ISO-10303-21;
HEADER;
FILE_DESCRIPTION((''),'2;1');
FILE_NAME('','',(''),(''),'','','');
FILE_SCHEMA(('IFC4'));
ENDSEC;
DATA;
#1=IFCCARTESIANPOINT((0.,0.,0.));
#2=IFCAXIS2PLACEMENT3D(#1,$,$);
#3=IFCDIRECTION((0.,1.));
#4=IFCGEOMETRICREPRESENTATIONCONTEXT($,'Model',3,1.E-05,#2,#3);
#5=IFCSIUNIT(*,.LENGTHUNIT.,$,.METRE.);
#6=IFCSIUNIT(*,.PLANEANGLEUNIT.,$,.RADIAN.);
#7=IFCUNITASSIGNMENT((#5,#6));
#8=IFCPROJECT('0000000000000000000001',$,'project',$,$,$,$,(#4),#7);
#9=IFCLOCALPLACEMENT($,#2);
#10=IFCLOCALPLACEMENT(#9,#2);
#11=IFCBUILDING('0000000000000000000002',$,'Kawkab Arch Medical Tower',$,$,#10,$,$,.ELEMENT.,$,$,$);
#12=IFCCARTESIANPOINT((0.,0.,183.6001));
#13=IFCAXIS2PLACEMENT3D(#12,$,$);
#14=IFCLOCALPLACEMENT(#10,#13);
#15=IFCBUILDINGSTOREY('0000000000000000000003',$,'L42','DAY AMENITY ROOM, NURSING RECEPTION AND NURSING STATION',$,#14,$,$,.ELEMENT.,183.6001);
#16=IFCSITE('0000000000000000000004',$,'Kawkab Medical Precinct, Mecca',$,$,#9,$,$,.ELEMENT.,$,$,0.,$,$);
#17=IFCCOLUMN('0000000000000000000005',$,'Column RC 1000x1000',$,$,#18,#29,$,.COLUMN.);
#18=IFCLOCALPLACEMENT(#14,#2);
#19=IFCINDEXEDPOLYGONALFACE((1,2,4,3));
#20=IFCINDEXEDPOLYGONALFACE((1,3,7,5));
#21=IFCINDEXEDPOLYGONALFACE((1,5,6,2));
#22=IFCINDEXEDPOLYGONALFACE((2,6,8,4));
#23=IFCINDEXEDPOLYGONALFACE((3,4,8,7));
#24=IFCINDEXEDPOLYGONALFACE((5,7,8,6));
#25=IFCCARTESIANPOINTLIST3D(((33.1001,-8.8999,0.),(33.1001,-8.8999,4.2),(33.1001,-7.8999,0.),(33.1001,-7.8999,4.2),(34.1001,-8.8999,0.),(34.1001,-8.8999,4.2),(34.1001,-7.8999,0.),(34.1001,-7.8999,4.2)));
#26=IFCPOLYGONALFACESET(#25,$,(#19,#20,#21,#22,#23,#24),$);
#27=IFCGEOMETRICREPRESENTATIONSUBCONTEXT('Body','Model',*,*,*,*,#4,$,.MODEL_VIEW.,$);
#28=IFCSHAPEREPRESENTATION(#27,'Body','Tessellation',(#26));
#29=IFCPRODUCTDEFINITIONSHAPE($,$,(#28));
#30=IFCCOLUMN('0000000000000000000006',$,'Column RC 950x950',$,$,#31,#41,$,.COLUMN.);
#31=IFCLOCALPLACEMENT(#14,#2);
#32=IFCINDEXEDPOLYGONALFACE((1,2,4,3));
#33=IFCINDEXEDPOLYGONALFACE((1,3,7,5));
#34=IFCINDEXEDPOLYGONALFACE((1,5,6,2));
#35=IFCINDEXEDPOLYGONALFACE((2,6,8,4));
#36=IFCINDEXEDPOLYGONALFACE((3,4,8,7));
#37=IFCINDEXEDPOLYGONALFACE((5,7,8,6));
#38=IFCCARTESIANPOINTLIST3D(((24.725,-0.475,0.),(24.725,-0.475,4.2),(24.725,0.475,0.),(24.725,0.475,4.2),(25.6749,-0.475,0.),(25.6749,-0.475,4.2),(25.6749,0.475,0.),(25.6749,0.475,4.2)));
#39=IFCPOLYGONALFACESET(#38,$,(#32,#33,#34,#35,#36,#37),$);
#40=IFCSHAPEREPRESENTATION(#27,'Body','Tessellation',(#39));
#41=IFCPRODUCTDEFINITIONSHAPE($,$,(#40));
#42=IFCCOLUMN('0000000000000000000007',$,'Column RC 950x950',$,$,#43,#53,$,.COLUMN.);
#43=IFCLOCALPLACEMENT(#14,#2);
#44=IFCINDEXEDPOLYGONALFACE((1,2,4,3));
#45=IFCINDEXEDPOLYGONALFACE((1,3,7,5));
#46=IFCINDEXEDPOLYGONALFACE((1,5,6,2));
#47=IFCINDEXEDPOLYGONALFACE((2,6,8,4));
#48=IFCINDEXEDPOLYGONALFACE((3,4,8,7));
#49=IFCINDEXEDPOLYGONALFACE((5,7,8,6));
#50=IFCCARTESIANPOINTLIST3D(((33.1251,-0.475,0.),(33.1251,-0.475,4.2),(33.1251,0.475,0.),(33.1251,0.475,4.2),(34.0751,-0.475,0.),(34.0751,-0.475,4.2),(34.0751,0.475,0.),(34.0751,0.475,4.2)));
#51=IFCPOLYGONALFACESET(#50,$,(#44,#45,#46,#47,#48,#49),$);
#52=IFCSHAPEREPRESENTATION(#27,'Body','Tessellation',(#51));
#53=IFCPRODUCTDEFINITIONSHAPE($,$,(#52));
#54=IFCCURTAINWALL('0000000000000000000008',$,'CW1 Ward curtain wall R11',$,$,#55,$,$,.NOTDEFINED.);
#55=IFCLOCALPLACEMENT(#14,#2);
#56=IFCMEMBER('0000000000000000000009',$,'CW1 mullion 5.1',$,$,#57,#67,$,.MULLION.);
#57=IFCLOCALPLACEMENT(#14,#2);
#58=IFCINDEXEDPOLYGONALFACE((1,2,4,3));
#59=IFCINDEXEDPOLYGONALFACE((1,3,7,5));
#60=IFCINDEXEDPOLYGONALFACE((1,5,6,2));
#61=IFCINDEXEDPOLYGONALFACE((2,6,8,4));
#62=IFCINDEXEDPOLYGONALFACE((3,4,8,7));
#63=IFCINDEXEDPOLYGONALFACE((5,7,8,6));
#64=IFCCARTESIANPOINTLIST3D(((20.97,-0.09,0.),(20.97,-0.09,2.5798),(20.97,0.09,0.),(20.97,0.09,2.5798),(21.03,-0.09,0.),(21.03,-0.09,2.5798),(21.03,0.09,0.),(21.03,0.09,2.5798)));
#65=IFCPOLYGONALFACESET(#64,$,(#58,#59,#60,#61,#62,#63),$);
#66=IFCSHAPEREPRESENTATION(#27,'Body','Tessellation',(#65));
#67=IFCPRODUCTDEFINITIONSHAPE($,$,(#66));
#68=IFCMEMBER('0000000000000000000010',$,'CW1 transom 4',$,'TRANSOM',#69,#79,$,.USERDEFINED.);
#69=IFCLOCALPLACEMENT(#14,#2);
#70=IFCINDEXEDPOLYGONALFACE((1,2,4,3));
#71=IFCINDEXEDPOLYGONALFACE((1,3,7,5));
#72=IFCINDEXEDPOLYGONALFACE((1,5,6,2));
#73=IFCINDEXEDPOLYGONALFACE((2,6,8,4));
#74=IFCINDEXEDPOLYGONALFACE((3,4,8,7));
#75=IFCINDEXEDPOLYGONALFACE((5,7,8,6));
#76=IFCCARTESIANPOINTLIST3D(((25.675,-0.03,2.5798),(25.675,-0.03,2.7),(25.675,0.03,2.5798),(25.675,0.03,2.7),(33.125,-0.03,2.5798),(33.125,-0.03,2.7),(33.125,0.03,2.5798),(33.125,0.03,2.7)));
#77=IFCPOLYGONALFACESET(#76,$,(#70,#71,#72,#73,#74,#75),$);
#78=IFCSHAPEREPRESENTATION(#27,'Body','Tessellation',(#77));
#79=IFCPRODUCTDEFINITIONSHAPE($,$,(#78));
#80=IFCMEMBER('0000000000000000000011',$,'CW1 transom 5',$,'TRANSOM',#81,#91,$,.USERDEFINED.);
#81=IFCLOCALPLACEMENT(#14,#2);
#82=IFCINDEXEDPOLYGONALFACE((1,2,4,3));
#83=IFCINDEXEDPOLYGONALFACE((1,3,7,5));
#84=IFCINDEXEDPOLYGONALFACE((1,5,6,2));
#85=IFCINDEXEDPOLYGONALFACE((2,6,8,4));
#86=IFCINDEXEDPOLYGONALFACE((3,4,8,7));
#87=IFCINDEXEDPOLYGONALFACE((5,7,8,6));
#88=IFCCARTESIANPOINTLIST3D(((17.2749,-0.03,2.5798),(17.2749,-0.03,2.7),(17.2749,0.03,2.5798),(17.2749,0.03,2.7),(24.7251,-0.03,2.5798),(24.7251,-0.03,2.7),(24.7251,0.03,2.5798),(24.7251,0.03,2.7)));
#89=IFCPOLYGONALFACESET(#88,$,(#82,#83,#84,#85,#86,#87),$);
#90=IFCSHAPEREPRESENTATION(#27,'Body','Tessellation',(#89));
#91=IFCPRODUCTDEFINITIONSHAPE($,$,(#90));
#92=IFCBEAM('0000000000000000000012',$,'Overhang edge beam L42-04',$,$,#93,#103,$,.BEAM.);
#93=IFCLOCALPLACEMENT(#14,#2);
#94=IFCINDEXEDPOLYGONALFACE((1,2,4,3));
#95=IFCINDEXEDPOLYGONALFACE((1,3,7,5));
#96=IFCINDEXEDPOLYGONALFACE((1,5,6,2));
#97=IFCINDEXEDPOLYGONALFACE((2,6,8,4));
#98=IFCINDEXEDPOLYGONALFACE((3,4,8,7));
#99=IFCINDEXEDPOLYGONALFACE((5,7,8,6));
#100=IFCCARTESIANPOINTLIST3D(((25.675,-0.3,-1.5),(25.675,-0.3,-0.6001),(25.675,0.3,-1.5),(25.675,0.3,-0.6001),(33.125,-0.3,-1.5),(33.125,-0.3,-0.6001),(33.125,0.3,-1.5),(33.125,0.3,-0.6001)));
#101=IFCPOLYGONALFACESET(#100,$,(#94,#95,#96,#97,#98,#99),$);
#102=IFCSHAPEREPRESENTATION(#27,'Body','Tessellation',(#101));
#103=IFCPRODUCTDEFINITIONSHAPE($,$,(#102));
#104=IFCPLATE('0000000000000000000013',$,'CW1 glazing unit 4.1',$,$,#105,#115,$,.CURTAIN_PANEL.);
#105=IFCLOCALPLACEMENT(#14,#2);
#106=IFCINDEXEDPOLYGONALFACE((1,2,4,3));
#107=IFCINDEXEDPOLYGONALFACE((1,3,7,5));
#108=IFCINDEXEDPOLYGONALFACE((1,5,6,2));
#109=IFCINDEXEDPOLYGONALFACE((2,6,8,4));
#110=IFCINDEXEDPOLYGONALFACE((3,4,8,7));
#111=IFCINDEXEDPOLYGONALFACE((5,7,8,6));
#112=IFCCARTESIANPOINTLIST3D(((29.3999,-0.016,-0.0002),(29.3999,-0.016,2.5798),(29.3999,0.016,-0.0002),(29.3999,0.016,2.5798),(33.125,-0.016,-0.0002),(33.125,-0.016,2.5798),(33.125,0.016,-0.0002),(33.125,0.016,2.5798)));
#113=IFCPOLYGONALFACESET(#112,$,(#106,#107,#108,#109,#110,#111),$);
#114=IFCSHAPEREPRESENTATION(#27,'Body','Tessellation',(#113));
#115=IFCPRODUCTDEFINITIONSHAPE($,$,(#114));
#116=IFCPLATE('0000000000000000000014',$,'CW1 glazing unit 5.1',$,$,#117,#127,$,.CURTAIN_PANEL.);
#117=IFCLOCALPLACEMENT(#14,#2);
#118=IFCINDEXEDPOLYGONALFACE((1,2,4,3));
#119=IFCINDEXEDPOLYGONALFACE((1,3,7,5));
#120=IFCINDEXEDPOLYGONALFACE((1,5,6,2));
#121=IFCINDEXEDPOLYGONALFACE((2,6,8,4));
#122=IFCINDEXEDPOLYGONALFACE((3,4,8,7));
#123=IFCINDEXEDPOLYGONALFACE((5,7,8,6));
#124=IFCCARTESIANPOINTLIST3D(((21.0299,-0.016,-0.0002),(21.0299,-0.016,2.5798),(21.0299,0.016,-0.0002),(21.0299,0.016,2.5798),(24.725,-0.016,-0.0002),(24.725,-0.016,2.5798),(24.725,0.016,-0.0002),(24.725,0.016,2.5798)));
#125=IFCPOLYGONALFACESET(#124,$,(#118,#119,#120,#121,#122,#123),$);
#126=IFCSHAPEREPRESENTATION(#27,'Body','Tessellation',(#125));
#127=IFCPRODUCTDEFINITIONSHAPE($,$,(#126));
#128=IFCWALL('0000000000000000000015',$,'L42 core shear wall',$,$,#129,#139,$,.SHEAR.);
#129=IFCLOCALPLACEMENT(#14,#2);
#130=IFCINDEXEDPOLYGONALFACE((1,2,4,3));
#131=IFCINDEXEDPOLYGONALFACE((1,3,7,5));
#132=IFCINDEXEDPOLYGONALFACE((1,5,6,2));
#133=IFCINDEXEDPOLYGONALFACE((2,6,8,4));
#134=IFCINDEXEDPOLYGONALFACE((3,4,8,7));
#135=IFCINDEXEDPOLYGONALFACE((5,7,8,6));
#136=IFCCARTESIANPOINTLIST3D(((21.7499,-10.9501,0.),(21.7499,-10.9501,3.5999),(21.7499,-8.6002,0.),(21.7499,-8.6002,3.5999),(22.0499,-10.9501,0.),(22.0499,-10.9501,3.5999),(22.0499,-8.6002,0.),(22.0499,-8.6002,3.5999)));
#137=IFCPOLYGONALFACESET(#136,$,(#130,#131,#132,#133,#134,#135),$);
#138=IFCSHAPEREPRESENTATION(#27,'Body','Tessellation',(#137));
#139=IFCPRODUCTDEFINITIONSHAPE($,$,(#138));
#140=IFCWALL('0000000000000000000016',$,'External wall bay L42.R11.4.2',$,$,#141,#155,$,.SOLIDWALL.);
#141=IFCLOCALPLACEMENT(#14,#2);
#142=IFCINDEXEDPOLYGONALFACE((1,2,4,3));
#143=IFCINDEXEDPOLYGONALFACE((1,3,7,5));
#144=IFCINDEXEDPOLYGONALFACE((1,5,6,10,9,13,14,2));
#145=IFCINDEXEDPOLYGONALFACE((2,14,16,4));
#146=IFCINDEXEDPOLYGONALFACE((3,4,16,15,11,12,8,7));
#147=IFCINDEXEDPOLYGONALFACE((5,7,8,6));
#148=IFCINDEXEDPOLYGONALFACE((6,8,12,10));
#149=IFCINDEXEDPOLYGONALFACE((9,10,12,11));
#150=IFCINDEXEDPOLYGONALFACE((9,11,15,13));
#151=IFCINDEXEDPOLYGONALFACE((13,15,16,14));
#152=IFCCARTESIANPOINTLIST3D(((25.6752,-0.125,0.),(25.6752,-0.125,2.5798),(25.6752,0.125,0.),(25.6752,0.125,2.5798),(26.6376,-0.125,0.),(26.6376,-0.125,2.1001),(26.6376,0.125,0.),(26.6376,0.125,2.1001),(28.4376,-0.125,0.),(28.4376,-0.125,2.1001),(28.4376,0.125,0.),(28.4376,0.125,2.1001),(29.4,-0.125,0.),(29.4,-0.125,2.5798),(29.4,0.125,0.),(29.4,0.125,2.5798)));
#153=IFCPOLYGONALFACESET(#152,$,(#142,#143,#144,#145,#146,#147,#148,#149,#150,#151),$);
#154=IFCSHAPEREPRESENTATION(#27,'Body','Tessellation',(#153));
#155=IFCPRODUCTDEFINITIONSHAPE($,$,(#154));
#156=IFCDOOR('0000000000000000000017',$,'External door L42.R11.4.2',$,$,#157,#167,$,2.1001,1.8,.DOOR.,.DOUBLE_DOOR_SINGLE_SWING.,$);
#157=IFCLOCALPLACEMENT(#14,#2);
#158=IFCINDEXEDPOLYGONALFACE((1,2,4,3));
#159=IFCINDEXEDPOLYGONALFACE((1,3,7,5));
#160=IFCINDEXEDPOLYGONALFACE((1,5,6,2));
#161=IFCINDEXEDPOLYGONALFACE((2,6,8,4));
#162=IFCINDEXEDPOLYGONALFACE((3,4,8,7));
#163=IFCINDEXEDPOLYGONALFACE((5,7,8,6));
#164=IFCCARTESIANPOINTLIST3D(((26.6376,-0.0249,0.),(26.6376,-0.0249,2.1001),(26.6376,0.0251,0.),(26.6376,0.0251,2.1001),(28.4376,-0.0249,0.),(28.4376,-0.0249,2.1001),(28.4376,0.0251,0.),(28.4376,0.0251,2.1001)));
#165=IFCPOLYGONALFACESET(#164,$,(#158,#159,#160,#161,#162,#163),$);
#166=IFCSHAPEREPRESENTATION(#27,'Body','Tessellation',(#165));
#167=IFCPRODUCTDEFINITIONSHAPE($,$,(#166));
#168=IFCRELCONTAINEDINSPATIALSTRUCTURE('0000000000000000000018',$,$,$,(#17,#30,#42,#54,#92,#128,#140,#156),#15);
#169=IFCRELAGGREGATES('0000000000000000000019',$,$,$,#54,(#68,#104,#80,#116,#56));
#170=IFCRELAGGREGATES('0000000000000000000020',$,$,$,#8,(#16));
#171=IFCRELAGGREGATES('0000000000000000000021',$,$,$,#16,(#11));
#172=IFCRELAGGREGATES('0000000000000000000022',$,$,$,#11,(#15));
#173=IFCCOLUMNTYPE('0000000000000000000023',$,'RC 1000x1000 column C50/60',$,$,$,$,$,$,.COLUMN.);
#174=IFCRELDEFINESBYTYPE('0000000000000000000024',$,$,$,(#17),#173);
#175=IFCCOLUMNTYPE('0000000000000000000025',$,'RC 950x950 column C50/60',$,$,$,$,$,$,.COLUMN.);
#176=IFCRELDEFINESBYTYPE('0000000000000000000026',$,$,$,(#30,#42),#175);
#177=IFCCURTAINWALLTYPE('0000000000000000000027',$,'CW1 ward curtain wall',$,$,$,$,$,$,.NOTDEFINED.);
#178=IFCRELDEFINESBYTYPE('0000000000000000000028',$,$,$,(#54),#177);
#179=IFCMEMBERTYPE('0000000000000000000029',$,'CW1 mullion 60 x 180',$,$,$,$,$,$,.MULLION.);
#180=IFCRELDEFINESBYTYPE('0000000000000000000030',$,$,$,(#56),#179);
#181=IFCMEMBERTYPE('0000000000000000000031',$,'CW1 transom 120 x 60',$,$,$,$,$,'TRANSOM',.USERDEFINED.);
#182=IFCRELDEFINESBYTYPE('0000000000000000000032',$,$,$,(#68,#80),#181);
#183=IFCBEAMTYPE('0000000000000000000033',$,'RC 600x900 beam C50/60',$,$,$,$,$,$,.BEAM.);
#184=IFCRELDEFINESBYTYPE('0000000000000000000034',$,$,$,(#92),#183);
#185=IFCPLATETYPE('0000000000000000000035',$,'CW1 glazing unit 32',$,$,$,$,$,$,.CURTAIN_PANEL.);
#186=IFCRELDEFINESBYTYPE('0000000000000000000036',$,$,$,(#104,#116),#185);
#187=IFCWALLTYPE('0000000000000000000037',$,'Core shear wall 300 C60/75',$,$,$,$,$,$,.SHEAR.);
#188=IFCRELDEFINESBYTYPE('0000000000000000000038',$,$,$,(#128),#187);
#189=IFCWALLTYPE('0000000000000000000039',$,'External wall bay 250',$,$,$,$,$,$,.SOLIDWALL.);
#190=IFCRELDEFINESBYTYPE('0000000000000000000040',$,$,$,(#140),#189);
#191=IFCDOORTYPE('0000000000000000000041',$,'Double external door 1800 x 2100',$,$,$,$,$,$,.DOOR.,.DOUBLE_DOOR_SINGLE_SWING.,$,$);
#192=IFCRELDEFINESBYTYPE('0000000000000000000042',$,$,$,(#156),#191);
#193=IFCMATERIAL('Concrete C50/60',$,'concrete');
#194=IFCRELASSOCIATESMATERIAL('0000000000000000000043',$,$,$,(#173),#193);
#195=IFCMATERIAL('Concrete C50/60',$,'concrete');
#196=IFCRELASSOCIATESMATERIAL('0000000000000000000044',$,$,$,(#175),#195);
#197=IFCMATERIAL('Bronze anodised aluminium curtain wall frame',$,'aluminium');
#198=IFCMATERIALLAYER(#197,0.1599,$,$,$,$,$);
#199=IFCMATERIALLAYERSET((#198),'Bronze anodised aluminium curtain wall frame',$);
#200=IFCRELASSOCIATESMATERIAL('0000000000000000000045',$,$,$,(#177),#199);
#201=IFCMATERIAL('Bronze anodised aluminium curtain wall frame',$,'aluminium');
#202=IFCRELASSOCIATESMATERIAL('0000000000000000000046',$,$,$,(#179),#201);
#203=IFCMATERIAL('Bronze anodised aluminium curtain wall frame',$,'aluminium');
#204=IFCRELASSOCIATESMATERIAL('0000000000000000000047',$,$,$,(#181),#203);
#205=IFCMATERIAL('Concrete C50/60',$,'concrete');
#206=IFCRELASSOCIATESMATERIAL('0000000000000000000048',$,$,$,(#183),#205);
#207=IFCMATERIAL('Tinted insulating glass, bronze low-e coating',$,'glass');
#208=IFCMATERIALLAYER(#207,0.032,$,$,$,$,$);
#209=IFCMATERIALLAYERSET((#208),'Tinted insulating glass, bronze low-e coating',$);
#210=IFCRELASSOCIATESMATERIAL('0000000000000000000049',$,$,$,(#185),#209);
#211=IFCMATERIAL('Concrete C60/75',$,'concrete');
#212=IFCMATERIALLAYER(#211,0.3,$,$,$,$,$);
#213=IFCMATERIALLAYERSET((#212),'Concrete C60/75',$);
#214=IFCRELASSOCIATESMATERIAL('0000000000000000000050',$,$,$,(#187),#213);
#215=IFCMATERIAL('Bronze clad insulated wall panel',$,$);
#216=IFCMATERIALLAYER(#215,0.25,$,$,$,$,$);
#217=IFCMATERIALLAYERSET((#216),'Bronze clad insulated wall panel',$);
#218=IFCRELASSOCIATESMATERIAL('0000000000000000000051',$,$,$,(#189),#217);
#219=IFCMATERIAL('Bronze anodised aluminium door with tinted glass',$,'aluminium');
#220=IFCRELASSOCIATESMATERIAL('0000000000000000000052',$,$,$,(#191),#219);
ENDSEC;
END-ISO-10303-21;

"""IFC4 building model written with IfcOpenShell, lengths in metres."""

from ifc_helpers import new_model, si_unit, direction, frame, frame_2d, origin, origin_2d, place, context, subcontext, project, spatial, rectangle, extrude, material, layer, layer_set, material_profile, profile_set, type_object, element, fill, aggregate, save


model = new_model("IFC4")

# Units and contexts
model_context = context("Model", 3, precision=1e-05, world=origin(), true_north=direction((0.0, 1.0)))
body_context = subcontext(model_context, "Body", "Model", "MODEL_VIEW")
ifc_project = project(units=[si_unit("LENGTHUNIT", "METRE"), si_unit("PLANEANGLEUNIT", "RADIAN")], contexts=[model_context])

# Site, building, storey
site_placement = place(None, origin())
site = spatial("IfcSite", under=ifc_project, at=site_placement, Name="Kawkab Medical Precinct, Mecca", CompositionType="ELEMENT", RefElevation=0.0)
building_placement = place(site_placement, origin())
building = spatial("IfcBuilding", under=site, at=building_placement, Name="Kawkab Arch Medical Tower", CompositionType="ELEMENT")
storey_placement = place(building_placement, frame((0.0, 0.0, 183.6001)))
storey = spatial("IfcBuildingStorey", under=building, at=storey_placement, Name="L42", Description="DAY AMENITY ROOM, NURSING RECEPTION AND NURSING STATION", CompositionType="ELEMENT", Elevation=183.6001)

# Columns
ifc_material_1 = material(Name="Concrete C50/60", Category="concrete")
ifc_material_profile_1 = material_profile(ifc_material_1, rectangle(XDim=1.0, YDim=1.0, at=origin_2d()), Name="RC 1000x1000")
ifc_profile_set_1 = profile_set([ifc_material_profile_1], Name="Concrete C50/60")
column_type_1 = type_object("IfcColumnType", Name="RC 1000x1000 column C50/60", PredefinedType="COLUMN", material=ifc_profile_set_1)
column_placement = place(storey_placement, frame((33.6001, -8.3999, 0.0), z_axis=(0.0, 0.0, 1.0), x_axis=(1.0, 0.0, 0.0)))
element("IfcColumn", 1, at=column_placement, inside=storey, type_object=column_type_1, Name="Column RC 1000x1000", PredefinedType="COLUMN", context=body_context, shape_type="SweptSolid", body=[
    extrude(rectangle(XDim=1.0, YDim=1.0, at=origin_2d()), origin(), (0.0, 0.0, 1.0), 4.2),
])
ifc_material_2 = material(Name="Concrete C50/60", Category="concrete")
ifc_material_profile_2 = material_profile(ifc_material_2, rectangle(XDim=0.95, YDim=0.95, at=origin_2d()), Name="RC 950x950")
ifc_profile_set_2 = profile_set([ifc_material_profile_2], Name="Concrete C50/60")
column_type_2 = type_object("IfcColumnType", Name="RC 950x950 column C50/60", PredefinedType="COLUMN", material=ifc_profile_set_2)
for number, where, z_axis, x_axis, name in (
    (2, (25.2, 0.0, 0.0), (0.0, 0.0, 1.0), (1.0, 0.0, 0.0), "Column RC 950x950"),
    (3, (33.6001, 0.0, 0.0), (0.0, 0.0, 1.0), (1.0, 0.0, 0.0), "Column RC 950x950"),
):
    element("IfcColumn", number, at=place(storey_placement, frame(where, z_axis=z_axis, x_axis=x_axis)), inside=storey, type_object=column_type_2, Name=name, PredefinedType="COLUMN", context=body_context, shape_type="SweptSolid", body=[
        extrude(rectangle(XDim=0.95, YDim=0.95, at=origin_2d()), origin(), (0.0, 0.0, 1.0), 4.2),
    ])

# Curtain wall, members
ifc_material_3 = material(Name="Bronze anodised aluminium curtain wall frame", Category="aluminium")
ifc_layer_1 = layer(ifc_material_3, 0.1599)
ifc_layer_set_1 = layer_set([ifc_layer_1], Name="Bronze anodised aluminium curtain wall frame")
curtain_wall_type = type_object("IfcCurtainWallType", Name="CW1 ward curtain wall", PredefinedType="NOTDEFINED", material=ifc_layer_set_1)
placement = place(storey_placement, origin())
curtain_wall = element("IfcCurtainWall", 4, at=placement, inside=storey, type_object=curtain_wall_type, Name="CW1 Ward curtain wall R11", PredefinedType="NOTDEFINED")
ifc_material_4 = material(Name="Bronze anodised aluminium curtain wall frame", Category="aluminium")
ifc_material_profile_3 = material_profile(ifc_material_4, rectangle(XDim=0.1799, YDim=0.0601, at=origin_2d()), Name="AL 60x180")
ifc_profile_set_3 = profile_set([ifc_material_profile_3], Name="Bronze anodised aluminium curtain wall frame")
member_type_1 = type_object("IfcMemberType", Name="CW1 mullion 60 x 180", PredefinedType="MULLION", material=ifc_profile_set_3)
member_1_placement = place(storey_placement, frame((21.0, 0.0, 0.0), z_axis=(0.0, 0.0, 1.0), x_axis=(0.0, -1.0, 0.0)))
member_1 = element("IfcMember", 5, at=member_1_placement, type_object=member_type_1, Name="CW1 mullion 5.1", PredefinedType="MULLION", context=body_context, shape_type="SweptSolid", body=[
    extrude(rectangle(XDim=0.1799, YDim=0.0601, at=origin_2d()), origin(), (0.0, 0.0, 1.0), 2.5798),
])
ifc_material_5 = material(Name="Bronze anodised aluminium curtain wall frame", Category="aluminium")
ifc_material_profile_4 = material_profile(ifc_material_5, rectangle(XDim=0.0601, YDim=0.1201, at=origin_2d()), Name="AL 60x120")
ifc_profile_set_4 = profile_set([ifc_material_profile_4], Name="Bronze anodised aluminium curtain wall frame")
member_type_2 = type_object("IfcMemberType", Name="CW1 transom 120 x 60", ElementType="TRANSOM", PredefinedType="USERDEFINED", material=ifc_profile_set_4)
member_2_placement = place(storey_placement, frame((33.125, 0.0, 2.6399), z_axis=(-1.0, 0.0, 0.0), x_axis=(0.0, -1.0, 0.0)))
member_2 = element("IfcMember", 6, at=member_2_placement, type_object=member_type_2, Name="CW1 transom 4", ObjectType="TRANSOM", PredefinedType="USERDEFINED", context=body_context, shape_type="SweptSolid", body=[
    extrude(rectangle(XDim=0.0601, YDim=0.1201, at=origin_2d()), origin(), (0.0, 0.0, 1.0), 7.45),
])
member_3_placement = place(storey_placement, frame((24.7251, 0.0, 2.6399), z_axis=(-1.0, 0.0, 0.0), x_axis=(0.0, -1.0, 0.0)))
member_3 = element("IfcMember", 7, at=member_3_placement, type_object=member_type_2, Name="CW1 transom 5", ObjectType="TRANSOM", PredefinedType="USERDEFINED", context=body_context, shape_type="SweptSolid", body=[
    extrude(rectangle(XDim=0.0601, YDim=0.1201, at=origin_2d()), origin(), (0.0, 0.0, 1.0), 7.4502),
])

# Beam
ifc_material_6 = material(Name="Concrete C50/60", Category="concrete")
ifc_material_profile_5 = material_profile(ifc_material_6, rectangle(XDim=0.6001, YDim=0.8999, at=origin_2d()), Name="RC 600x900")
ifc_profile_set_5 = profile_set([ifc_material_profile_5], Name="Concrete C50/60")
beam_type = type_object("IfcBeamType", Name="RC 600x900 beam C50/60", PredefinedType="BEAM", material=ifc_profile_set_5)
beam_placement = place(storey_placement, frame((25.675, 0.0, -1.05), z_axis=(1.0, 0.0, 0.0), x_axis=(0.0, 1.0, 0.0)))
element("IfcBeam", 8, at=beam_placement, inside=storey, type_object=beam_type, Name="Overhang edge beam L42-04", PredefinedType="BEAM", context=body_context, shape_type="SweptSolid", body=[
    extrude(rectangle(XDim=0.6001, YDim=0.8999, at=origin_2d()), origin(), (0.0, 0.0, 1.0), 7.45),
])

# Plates
ifc_material_7 = material(Name="Tinted insulating glass, bronze low-e coating", Category="glass")
ifc_layer_2 = layer(ifc_material_7, 0.032)
ifc_layer_set_2 = layer_set([ifc_layer_2], Name="Tinted insulating glass, bronze low-e coating")
plate_type = type_object("IfcPlateType", Name="CW1 glazing unit 32", PredefinedType="CURTAIN_PANEL", material=ifc_layer_set_2)
plate_1_placement = place(storey_placement, frame((31.2625, 0.0, -0.0002), z_axis=(0.0, 0.0, 1.0), x_axis=(-1.0, 0.0, 0.0)))
plate_1 = element("IfcPlate", 9, at=plate_1_placement, type_object=plate_type, Name="CW1 glazing unit 4.1", PredefinedType="CURTAIN_PANEL", context=body_context, shape_type="SweptSolid", body=[
    extrude(rectangle(XDim=3.7251, YDim=0.032, at=origin_2d()), origin(), (0.0, 0.0, 1.0), 2.5801),
])
plate_2_placement = place(storey_placement, frame((22.8774, 0.0, -0.0002), z_axis=(0.0, 0.0, 1.0), x_axis=(-1.0, 0.0, 0.0)))
plate_2 = element("IfcPlate", 10, at=plate_2_placement, type_object=plate_type, Name="CW1 glazing unit 5.1", PredefinedType="CURTAIN_PANEL", context=body_context, shape_type="SweptSolid", body=[
    extrude(rectangle(XDim=3.6951, YDim=0.032, at=origin_2d()), origin(), (0.0, 0.0, 1.0), 2.5801),
])
aggregate(curtain_wall, [member_2, plate_1, member_3, plate_2, member_1])

# Wall
ifc_material_8 = material(Name="Concrete C60/75", Category="concrete")
ifc_layer_3 = layer(ifc_material_8, 0.3)
ifc_layer_set_3 = layer_set([ifc_layer_3], Name="Concrete C60/75")
wall_type_1 = type_object("IfcWallType", Name="Core shear wall 300 C60/75", PredefinedType="SHEAR", material=ifc_layer_set_3)
wall_1_placement = place(storey_placement, frame((21.8999, -10.95, 0.0), z_axis=(0.0, 0.0, 1.0), x_axis=(0.0, 1.0, 0.0)))
element("IfcWall", 11, at=wall_1_placement, inside=storey, type_object=wall_type_1, Name="L42 core shear wall", PredefinedType="SHEAR", context=body_context, shape_type="SweptSolid", body=[
    extrude(rectangle(XDim=2.3499, YDim=0.3, at=frame_2d((1.1748, 0.0))), origin(), (0.0, 0.0, 1.0), 3.5999),
])

# Wall, opening, door
ifc_material_9 = material(Name="Bronze clad insulated wall panel")
ifc_layer_4 = layer(ifc_material_9, 0.25)
ifc_layer_set_4 = layer_set([ifc_layer_4], Name="Bronze clad insulated wall panel")
wall_type_2 = type_object("IfcWallType", Name="External wall bay 250", PredefinedType="SOLIDWALL", material=ifc_layer_set_4)
wall_2_placement = place(storey_placement, frame((29.3999, 0.0, 0.0), z_axis=(0.0, 0.0, 1.0), x_axis=(-1.0, 0.0, 0.0)))
wall_2 = element("IfcWall", 12, at=wall_2_placement, inside=storey, type_object=wall_type_2, Name="External wall bay L42.R11.4.2", PredefinedType="SOLIDWALL", context=body_context, shape_type="SweptSolid", body=[
    extrude(rectangle(XDim=3.7249, YDim=0.25, at=frame_2d((1.8623, 0.0))), origin(), (0.0, 0.0, 1.0), 2.5798),
])
opening_1_placement = place(wall_2_placement, frame((0.9624, 0.0, 0.0)))
opening_1 = element("IfcOpeningElement", 13, at=opening_1_placement, cuts=wall_2, PredefinedType="OPENING", context=body_context, shape_type="SweptSolid", body=[
    extrude(rectangle(XDim=1.8, YDim=2.1001, at=frame_2d((0.8999, 1.05))), frame((0.0, 0.135, 0.0), z_axis=(0.0, -1.0, 0.0), x_axis=(1.0, 0.0, 0.0)), (0.0, 0.0, 1.0), 0.27),
])
ifc_material_10 = material(Name="Bronze anodised aluminium door with tinted glass", Category="aluminium")
door_type_1 = type_object("IfcDoorType", Name="Double external door 1800 x 2100", OperationType="DOUBLE_DOOR_SINGLE_SWING", PredefinedType="DOOR", material=ifc_material_10)
door_1_placement = place(opening_1_placement, origin())
door_1 = element("IfcDoor", 14, at=door_1_placement, inside=storey, type_object=door_type_1, Name="External door L42.R11.4.2", OperationType="DOUBLE_DOOR_SINGLE_SWING", OverallHeight=2.1001, OverallWidth=1.8, PredefinedType="DOOR", context=body_context, shape_type="SweptSolid", body=[
    extrude(rectangle(XDim=1.8, YDim=2.1001, at=frame_2d((0.8999, 1.05))), frame((0.0, 0.0249, 0.0), z_axis=(0.0, -1.0, 0.0), x_axis=(1.0, 0.0, 0.0)), (0.0, 0.0, 1.0), 0.05),
])
fill(opening_1, door_1)

save(model, "model.ifc")
